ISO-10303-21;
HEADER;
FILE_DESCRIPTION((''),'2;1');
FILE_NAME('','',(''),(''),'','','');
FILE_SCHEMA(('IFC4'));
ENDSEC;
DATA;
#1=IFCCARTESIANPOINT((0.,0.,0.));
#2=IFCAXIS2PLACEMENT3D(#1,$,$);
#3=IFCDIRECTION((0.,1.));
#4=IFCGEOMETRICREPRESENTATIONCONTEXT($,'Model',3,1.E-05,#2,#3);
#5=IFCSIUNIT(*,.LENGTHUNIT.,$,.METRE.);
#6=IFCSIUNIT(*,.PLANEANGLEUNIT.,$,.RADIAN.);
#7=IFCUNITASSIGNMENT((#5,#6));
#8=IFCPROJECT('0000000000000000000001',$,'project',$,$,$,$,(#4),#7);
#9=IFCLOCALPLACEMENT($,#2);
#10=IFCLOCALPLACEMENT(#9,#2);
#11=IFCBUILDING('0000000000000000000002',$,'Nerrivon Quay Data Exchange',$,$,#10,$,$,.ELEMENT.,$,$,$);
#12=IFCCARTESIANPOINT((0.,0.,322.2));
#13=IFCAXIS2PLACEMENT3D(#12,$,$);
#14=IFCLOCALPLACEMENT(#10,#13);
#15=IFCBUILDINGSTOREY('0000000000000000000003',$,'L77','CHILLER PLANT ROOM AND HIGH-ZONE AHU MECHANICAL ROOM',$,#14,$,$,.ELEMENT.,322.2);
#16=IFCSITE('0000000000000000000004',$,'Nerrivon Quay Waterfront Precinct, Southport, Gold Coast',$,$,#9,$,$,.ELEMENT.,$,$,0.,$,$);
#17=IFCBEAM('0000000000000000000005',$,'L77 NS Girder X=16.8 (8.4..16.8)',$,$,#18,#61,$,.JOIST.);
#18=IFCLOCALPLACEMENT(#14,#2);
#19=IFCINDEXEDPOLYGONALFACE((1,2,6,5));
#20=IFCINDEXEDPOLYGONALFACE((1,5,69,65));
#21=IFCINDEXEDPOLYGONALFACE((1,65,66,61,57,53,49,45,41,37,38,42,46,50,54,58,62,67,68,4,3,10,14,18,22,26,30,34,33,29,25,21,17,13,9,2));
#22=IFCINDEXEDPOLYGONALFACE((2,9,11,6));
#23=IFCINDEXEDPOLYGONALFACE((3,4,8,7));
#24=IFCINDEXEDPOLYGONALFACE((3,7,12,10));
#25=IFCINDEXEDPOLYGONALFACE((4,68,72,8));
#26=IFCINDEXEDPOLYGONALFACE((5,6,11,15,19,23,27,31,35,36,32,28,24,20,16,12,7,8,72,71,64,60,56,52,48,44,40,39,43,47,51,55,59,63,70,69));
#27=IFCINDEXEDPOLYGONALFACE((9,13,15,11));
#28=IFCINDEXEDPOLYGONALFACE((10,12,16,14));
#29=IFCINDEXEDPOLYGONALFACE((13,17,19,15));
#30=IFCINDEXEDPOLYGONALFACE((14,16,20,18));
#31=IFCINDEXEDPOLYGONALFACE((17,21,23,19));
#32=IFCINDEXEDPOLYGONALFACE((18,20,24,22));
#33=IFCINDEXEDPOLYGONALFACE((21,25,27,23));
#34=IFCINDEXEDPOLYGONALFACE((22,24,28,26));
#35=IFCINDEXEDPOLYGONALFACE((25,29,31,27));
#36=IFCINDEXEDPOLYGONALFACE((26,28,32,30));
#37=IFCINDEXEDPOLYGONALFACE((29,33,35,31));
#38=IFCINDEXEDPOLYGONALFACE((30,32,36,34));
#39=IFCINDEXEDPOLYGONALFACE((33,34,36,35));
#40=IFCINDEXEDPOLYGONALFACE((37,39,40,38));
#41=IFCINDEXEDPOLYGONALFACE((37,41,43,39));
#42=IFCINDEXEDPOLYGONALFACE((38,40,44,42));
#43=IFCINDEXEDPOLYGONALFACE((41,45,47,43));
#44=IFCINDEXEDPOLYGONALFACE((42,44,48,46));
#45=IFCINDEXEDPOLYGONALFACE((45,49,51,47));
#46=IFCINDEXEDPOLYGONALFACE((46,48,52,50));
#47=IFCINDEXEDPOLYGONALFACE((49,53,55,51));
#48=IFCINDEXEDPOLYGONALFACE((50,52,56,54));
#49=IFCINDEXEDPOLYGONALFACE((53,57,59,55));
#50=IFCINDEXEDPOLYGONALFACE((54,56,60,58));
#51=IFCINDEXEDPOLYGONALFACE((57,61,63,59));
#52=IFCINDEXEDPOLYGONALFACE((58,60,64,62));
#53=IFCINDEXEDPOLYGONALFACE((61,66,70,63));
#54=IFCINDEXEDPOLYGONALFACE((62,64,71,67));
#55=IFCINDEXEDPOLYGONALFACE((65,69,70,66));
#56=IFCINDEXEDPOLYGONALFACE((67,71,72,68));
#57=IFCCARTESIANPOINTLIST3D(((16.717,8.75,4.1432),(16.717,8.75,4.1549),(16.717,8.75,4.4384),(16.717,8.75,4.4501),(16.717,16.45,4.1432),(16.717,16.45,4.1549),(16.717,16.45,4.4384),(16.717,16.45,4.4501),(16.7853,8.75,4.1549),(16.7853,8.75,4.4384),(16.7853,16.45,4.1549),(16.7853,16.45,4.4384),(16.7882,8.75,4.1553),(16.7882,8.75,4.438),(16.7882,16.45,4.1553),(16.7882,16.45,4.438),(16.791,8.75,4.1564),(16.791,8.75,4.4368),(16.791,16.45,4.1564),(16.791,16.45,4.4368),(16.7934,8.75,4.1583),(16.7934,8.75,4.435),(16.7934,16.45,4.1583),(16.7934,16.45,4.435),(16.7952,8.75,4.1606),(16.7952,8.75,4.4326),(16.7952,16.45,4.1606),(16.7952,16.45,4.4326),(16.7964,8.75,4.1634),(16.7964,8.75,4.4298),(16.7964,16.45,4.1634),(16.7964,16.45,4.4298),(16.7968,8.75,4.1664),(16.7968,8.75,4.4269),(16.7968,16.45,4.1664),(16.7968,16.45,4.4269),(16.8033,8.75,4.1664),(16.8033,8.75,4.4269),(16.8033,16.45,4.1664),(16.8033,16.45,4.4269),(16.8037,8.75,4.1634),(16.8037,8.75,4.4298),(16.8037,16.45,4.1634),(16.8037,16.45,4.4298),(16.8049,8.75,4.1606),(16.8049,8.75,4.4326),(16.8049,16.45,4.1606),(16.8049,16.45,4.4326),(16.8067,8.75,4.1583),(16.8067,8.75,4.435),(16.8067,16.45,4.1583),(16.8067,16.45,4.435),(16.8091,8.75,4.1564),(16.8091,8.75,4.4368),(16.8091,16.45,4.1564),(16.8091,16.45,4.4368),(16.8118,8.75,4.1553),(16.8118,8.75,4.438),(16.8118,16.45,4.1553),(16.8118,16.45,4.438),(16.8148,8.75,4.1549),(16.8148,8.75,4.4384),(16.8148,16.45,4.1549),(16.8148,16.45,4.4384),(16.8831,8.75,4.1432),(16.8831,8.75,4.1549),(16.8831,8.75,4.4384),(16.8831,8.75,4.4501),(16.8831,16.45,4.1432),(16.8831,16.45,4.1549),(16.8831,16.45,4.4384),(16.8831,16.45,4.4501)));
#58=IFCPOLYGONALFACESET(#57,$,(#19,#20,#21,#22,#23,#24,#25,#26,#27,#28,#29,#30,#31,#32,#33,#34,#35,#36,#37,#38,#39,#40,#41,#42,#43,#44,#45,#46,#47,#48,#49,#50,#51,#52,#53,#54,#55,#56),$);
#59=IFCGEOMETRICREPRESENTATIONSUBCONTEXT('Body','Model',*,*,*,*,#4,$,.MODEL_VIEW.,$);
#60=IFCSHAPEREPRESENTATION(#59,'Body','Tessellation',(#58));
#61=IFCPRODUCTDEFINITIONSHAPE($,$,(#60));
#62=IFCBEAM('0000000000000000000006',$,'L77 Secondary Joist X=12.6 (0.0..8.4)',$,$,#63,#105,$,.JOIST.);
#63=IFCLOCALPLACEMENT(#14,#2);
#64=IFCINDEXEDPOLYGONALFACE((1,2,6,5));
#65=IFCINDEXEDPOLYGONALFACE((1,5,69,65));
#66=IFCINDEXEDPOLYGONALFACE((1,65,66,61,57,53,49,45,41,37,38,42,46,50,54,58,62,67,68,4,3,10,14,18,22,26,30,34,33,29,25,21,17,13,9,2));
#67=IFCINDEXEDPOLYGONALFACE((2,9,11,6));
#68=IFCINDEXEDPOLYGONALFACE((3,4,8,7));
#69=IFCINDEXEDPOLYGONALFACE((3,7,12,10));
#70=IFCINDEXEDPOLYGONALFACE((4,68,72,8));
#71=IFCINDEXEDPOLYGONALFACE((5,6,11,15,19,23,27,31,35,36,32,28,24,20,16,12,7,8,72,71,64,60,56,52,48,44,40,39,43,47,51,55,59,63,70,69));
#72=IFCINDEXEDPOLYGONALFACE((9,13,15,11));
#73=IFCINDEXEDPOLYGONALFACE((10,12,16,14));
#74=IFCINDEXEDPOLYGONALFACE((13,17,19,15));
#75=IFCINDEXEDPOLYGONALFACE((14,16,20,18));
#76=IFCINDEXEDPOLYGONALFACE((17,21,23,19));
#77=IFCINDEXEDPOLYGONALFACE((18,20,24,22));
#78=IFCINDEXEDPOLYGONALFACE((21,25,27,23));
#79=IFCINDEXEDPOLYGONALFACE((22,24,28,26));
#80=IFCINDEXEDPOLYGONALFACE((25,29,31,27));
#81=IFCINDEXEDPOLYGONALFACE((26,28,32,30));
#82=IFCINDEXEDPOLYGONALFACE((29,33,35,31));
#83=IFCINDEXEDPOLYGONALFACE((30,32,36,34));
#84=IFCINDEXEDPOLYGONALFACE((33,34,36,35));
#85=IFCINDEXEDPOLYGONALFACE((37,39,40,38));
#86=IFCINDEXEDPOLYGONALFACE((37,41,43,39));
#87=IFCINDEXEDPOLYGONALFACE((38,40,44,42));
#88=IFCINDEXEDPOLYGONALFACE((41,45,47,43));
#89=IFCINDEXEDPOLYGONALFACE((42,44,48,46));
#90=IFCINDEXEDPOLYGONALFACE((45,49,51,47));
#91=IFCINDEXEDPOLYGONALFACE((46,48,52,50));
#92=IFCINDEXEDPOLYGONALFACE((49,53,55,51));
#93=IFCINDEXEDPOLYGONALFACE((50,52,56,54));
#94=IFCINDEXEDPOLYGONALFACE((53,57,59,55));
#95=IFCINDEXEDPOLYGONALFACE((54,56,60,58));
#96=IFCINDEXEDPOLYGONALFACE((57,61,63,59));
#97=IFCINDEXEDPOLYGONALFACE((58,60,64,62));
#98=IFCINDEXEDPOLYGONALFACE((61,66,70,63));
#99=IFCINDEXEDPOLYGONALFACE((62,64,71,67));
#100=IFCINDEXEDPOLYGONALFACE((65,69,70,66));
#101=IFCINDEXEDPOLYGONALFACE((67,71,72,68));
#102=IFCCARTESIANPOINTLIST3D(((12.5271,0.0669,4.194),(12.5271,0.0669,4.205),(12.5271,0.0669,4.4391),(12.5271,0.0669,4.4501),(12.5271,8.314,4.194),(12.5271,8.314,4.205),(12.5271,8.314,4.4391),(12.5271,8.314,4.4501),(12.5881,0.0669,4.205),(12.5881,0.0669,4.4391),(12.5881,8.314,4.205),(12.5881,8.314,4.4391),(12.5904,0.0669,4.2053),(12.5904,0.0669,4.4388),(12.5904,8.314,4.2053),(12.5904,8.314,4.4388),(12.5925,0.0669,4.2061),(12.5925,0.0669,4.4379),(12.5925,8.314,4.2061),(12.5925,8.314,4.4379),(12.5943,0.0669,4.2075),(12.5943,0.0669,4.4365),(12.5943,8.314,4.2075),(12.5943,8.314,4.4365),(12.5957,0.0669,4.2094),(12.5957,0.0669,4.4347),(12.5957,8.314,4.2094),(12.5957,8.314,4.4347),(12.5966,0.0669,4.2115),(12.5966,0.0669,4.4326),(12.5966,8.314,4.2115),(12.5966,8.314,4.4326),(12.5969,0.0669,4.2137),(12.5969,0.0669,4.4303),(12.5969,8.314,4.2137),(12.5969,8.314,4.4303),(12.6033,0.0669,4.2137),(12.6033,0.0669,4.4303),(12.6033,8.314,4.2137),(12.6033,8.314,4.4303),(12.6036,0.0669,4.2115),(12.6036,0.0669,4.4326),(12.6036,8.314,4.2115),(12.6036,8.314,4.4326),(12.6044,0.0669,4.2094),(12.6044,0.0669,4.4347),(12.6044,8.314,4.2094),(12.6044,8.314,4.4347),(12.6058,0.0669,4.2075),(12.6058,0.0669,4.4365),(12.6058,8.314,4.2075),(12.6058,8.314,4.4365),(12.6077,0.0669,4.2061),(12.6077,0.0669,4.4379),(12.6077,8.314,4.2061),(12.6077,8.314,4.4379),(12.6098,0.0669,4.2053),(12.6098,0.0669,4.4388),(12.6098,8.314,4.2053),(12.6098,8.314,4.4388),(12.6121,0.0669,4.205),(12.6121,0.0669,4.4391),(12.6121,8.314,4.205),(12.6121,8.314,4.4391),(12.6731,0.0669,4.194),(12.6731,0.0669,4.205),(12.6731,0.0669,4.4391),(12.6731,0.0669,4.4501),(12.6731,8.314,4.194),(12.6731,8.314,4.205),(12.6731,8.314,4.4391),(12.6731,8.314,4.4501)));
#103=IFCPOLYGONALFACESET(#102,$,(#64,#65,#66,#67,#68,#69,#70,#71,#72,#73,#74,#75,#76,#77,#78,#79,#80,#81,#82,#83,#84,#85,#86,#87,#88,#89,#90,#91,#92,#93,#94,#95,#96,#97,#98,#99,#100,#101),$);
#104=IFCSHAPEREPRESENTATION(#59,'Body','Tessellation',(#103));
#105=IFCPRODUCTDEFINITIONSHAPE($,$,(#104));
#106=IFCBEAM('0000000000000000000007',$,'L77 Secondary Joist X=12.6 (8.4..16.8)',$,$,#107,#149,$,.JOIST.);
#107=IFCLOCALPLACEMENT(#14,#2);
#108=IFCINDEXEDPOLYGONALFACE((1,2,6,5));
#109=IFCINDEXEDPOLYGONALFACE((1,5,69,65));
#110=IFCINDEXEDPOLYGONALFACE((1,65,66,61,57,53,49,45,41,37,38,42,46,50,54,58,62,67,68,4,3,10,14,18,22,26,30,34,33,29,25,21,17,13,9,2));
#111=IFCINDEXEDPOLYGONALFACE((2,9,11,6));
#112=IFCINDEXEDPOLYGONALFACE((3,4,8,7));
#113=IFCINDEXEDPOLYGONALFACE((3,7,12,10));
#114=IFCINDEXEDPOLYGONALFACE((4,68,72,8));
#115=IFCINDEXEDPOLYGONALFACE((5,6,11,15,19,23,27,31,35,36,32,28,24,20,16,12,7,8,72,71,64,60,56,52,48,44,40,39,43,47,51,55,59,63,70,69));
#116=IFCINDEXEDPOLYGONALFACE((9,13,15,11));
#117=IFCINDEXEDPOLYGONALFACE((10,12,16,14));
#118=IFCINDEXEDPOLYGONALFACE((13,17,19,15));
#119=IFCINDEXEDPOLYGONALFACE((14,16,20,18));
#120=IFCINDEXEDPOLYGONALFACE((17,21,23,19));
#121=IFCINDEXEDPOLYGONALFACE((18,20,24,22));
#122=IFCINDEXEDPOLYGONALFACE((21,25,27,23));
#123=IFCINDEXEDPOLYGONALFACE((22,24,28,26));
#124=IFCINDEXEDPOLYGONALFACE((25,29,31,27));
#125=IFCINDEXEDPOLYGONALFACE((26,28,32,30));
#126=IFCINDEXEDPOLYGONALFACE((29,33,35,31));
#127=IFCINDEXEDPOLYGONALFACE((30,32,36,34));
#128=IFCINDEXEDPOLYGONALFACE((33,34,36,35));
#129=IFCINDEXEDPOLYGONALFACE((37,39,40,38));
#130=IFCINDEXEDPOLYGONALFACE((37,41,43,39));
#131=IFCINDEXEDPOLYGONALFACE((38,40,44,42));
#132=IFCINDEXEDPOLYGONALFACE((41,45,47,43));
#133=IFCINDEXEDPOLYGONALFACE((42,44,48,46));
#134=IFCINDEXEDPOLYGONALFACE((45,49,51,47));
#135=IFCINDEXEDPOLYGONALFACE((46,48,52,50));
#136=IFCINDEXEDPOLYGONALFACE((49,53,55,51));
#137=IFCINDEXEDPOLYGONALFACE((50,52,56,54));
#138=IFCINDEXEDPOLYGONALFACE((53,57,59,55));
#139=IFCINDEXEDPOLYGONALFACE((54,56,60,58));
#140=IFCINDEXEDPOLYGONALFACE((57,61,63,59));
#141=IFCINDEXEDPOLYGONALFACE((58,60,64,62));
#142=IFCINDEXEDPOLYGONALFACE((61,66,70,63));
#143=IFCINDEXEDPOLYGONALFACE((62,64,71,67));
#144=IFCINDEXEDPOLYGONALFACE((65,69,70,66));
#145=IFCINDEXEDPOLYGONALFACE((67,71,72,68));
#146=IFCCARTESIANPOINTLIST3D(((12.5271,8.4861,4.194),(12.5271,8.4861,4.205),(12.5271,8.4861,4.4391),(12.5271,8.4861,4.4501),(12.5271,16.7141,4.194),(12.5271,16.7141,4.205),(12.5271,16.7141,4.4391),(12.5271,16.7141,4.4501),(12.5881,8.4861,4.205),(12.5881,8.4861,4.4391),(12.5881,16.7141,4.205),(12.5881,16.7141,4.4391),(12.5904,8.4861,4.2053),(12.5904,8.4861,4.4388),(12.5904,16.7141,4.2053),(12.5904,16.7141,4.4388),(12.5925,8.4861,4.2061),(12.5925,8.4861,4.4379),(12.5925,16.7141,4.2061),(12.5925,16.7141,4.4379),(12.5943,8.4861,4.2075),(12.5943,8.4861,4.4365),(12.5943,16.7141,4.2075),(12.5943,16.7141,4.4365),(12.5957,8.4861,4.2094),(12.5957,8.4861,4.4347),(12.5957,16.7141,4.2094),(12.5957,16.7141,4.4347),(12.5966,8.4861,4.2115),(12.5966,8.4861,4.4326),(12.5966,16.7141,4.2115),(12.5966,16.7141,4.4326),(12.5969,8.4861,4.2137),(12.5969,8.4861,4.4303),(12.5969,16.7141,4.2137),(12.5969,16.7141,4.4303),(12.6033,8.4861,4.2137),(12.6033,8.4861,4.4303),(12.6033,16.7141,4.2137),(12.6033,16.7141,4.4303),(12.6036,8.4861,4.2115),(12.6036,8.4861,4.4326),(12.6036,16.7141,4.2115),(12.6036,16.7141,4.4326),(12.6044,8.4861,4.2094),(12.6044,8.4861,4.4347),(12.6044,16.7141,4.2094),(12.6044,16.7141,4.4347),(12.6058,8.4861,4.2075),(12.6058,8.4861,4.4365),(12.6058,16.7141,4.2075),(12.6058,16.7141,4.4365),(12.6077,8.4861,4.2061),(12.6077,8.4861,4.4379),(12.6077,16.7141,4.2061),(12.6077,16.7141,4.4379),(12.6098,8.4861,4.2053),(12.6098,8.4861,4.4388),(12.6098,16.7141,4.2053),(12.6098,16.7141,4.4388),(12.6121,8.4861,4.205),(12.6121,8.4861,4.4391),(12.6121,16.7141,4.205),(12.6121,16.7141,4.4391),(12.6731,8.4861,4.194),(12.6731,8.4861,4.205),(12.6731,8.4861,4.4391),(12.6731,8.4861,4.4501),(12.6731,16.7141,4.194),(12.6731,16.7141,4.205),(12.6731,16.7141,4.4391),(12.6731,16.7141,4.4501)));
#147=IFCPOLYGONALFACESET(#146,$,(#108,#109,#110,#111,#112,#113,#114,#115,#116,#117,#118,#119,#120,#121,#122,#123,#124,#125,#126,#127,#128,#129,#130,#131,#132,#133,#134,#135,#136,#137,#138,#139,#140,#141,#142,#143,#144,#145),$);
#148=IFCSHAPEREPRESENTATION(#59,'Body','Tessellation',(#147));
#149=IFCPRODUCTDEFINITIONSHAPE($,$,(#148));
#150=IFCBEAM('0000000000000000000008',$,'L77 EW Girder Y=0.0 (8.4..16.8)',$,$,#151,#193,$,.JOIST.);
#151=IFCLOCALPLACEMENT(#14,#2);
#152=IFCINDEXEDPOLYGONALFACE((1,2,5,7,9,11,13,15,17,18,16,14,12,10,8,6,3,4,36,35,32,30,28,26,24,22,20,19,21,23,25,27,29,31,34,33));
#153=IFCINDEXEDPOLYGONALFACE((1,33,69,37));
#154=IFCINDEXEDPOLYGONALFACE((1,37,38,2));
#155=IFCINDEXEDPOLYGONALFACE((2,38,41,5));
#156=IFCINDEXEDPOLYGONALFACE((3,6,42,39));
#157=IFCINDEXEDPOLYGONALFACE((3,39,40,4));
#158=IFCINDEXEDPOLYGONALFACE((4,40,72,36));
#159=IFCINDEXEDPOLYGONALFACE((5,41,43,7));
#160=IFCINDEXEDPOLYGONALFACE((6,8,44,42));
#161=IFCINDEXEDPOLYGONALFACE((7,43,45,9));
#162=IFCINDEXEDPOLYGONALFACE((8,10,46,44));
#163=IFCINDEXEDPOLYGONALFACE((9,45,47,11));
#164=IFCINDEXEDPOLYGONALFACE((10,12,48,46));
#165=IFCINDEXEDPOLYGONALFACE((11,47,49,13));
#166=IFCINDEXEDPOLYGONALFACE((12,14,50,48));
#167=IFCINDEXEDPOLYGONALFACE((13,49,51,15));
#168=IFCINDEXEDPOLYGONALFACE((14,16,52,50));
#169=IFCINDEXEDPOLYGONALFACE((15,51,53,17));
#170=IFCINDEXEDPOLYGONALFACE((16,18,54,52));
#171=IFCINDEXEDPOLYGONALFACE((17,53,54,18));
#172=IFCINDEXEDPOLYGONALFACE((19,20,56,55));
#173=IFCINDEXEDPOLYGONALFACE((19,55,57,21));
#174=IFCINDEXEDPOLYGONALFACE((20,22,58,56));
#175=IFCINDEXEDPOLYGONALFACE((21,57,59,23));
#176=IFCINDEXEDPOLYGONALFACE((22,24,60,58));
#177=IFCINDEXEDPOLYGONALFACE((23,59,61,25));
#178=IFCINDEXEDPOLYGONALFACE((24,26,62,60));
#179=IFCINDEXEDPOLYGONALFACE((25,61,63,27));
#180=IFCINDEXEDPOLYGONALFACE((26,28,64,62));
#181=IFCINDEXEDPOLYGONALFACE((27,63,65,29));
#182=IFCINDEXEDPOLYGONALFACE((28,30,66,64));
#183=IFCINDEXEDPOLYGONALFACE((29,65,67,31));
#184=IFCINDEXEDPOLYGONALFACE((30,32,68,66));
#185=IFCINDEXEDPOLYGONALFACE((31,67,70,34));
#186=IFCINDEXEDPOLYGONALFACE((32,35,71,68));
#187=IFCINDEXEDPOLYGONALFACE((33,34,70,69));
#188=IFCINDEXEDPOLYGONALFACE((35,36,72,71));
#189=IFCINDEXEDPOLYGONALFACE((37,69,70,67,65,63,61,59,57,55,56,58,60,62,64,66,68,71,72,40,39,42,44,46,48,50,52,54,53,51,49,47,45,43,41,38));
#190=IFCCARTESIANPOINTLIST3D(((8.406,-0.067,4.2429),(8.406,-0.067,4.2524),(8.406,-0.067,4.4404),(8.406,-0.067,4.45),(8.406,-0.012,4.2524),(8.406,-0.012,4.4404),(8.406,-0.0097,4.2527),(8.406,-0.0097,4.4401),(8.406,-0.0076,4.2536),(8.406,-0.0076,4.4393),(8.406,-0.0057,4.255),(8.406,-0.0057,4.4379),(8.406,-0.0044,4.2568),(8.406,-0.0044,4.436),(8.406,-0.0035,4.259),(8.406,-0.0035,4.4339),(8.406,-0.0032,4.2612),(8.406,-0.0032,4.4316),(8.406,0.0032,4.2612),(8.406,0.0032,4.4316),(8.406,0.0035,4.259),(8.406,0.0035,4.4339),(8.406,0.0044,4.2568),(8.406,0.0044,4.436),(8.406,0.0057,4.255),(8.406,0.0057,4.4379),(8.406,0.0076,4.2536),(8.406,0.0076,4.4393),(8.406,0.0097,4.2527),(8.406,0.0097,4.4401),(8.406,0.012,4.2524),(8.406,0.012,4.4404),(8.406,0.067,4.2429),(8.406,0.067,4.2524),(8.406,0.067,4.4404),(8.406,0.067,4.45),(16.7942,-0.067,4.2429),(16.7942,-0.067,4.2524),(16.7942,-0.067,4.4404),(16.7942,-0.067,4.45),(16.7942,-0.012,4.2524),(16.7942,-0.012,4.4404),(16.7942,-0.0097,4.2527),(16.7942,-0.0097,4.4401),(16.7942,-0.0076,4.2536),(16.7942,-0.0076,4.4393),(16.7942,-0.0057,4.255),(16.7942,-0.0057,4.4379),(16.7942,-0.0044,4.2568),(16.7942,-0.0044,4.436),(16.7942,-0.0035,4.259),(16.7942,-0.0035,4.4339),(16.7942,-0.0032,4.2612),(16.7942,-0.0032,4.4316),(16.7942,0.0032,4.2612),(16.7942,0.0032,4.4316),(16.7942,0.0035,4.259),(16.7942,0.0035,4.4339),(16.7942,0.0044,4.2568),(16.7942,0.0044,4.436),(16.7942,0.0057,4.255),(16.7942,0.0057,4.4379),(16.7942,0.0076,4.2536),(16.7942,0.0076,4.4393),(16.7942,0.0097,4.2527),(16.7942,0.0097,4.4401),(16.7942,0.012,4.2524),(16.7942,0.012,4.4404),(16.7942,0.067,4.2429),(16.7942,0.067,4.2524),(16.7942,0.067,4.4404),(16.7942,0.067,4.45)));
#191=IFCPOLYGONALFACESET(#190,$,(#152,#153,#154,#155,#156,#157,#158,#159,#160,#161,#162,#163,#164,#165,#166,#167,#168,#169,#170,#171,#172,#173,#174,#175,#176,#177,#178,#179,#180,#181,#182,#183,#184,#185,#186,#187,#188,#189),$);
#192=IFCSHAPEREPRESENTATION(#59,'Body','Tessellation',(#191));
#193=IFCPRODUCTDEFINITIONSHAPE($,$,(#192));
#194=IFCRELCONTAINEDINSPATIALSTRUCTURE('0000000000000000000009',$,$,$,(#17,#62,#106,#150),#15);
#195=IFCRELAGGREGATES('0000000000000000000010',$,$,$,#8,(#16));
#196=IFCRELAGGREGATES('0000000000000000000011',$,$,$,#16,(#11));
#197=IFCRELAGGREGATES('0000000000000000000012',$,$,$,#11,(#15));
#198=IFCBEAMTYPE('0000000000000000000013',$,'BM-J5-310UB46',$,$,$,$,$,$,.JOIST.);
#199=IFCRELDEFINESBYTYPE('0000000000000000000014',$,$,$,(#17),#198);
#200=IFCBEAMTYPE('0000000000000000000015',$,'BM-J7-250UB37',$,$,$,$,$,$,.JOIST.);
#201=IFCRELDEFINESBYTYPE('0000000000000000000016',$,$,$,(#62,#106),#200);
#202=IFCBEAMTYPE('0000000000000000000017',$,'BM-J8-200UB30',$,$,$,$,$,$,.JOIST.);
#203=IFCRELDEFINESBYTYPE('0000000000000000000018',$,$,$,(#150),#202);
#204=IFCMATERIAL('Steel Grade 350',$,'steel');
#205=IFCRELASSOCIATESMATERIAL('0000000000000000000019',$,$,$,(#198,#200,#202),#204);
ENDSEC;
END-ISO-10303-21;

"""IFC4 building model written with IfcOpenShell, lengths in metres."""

from ifc_helpers import new_model, si_unit, direction, frame, origin, origin_2d, place, context, subcontext, project, spatial, i_section, extrude, material, material_profile, profile_set, type_object, element, save


model = new_model("IFC4")

# Units and contexts
model_context = context("Model", 3, precision=1e-05, world=origin(), true_north=direction((0.0, 1.0)))
body_context = subcontext(model_context, "Body", "Model", "MODEL_VIEW")
ifc_project = project(units=[si_unit("LENGTHUNIT", "METRE"), si_unit("PLANEANGLEUNIT", "RADIAN")], contexts=[model_context])

# Site, building, storey
site_placement = place(None, origin())
site = spatial("IfcSite", under=ifc_project, at=site_placement, Name="Nerrivon Quay Waterfront Precinct, Southport, Gold Coast", CompositionType="ELEMENT", RefElevation=0.0)
building_placement = place(site_placement, origin())
building = spatial("IfcBuilding", under=site, at=building_placement, Name="Nerrivon Quay Data Exchange", CompositionType="ELEMENT")
storey_placement = place(building_placement, frame((0.0, 0.0, 322.2)))
storey = spatial("IfcBuildingStorey", under=building, at=storey_placement, Name="L77", Description="CHILLER PLANT ROOM AND HIGH-ZONE AHU MECHANICAL ROOM", CompositionType="ELEMENT", Elevation=322.2)

# Shared definitions
ifc_material_1 = material(Name="Steel Grade 350", Category="steel")

# Beams
ifc_material_profile_1 = material_profile(ifc_material_1, i_section(OverallWidth=0.166, OverallDepth=0.3069, WebThickness=0.0066, FlangeThickness=0.0117, FilletRadius=0.0115, at=origin_2d()), Name="310UB46.2")
ifc_profile_set_1 = profile_set([ifc_material_profile_1], Name="Steel Grade 350")
beam_type_1 = type_object("IfcBeamType", Name="BM-J5-310UB46", PredefinedType="JOIST", material=ifc_profile_set_1)
beam_1_placement = place(storey_placement, frame((16.8, 8.75, 4.2966), z_axis=(0.0, 1.0, 0.0), x_axis=(-1.0, 0.0, 0.0)))
element("IfcBeam", 1, at=beam_1_placement, inside=storey, type_object=beam_type_1, Name="L77 NS Girder X=16.8 (8.4..16.8)", PredefinedType="JOIST", context=body_context, shape_type="SweptSolid", body=[
    extrude(i_section(OverallWidth=0.166, OverallDepth=0.3069, WebThickness=0.0066, FlangeThickness=0.0117, FilletRadius=0.0115, at=origin_2d()), origin(), (0.0, 0.0, 1.0), 7.7),
])
ifc_material_profile_2 = material_profile(ifc_material_1, i_section(OverallWidth=0.146, OverallDepth=0.2561, WebThickness=0.0063, FlangeThickness=0.011, FilletRadius=0.0088, at=origin_2d()), Name="250UB37.3")
ifc_profile_set_2 = profile_set([ifc_material_profile_2], Name="Steel Grade 350")
beam_type_2 = type_object("IfcBeamType", Name="BM-J7-250UB37", PredefinedType="JOIST", material=ifc_profile_set_2)
beam_2_placement = place(storey_placement, frame((12.6001, 0.0669, 4.322), z_axis=(0.0, 1.0, 0.0), x_axis=(-1.0, 0.0, 0.0)))
element("IfcBeam", 2, at=beam_2_placement, inside=storey, type_object=beam_type_2, Name="L77 Secondary Joist X=12.6 (0.0..8.4)", PredefinedType="JOIST", context=body_context, shape_type="SweptSolid", body=[
    extrude(i_section(OverallWidth=0.146, OverallDepth=0.2561, WebThickness=0.0063, FlangeThickness=0.011, FilletRadius=0.0088, at=origin_2d()), origin(), (0.0, 0.0, 1.0), 8.2471),
])
beam_3_placement = place(storey_placement, frame((12.6001, 8.4861, 4.322), z_axis=(0.0, 1.0, 0.0), x_axis=(-1.0, 0.0, 0.0)))
element("IfcBeam", 3, at=beam_3_placement, inside=storey, type_object=beam_type_2, Name="L77 Secondary Joist X=12.6 (8.4..16.8)", PredefinedType="JOIST", context=body_context, shape_type="SweptSolid", body=[
    extrude(i_section(OverallWidth=0.146, OverallDepth=0.2561, WebThickness=0.0063, FlangeThickness=0.011, FilletRadius=0.0088, at=origin_2d()), origin(), (0.0, 0.0, 1.0), 8.228),
])
ifc_material_profile_3 = material_profile(ifc_material_1, i_section(OverallWidth=0.134, OverallDepth=0.207, WebThickness=0.0063, FlangeThickness=0.0095, FilletRadius=0.0088, at=origin_2d()), Name="200UB29.8")
ifc_profile_set_3 = profile_set([ifc_material_profile_3], Name="Steel Grade 350")
beam_type_3 = type_object("IfcBeamType", Name="BM-J8-200UB30", PredefinedType="JOIST", material=ifc_profile_set_3)
beam_4_placement = place(storey_placement, frame((8.406, 0.0, 4.3464), z_axis=(1.0, 0.0, 0.0), x_axis=(0.0, 1.0, 0.0)))
element("IfcBeam", 4, at=beam_4_placement, inside=storey, type_object=beam_type_3, Name="L77 EW Girder Y=0.0 (8.4..16.8)", PredefinedType="JOIST", context=body_context, shape_type="SweptSolid", body=[
    extrude(i_section(OverallWidth=0.134, OverallDepth=0.207, WebThickness=0.0063, FlangeThickness=0.0095, FilletRadius=0.0088, at=origin_2d()), origin(), (0.0, 0.0, 1.0), 8.3882),
])

save(model, "model.ifc")
